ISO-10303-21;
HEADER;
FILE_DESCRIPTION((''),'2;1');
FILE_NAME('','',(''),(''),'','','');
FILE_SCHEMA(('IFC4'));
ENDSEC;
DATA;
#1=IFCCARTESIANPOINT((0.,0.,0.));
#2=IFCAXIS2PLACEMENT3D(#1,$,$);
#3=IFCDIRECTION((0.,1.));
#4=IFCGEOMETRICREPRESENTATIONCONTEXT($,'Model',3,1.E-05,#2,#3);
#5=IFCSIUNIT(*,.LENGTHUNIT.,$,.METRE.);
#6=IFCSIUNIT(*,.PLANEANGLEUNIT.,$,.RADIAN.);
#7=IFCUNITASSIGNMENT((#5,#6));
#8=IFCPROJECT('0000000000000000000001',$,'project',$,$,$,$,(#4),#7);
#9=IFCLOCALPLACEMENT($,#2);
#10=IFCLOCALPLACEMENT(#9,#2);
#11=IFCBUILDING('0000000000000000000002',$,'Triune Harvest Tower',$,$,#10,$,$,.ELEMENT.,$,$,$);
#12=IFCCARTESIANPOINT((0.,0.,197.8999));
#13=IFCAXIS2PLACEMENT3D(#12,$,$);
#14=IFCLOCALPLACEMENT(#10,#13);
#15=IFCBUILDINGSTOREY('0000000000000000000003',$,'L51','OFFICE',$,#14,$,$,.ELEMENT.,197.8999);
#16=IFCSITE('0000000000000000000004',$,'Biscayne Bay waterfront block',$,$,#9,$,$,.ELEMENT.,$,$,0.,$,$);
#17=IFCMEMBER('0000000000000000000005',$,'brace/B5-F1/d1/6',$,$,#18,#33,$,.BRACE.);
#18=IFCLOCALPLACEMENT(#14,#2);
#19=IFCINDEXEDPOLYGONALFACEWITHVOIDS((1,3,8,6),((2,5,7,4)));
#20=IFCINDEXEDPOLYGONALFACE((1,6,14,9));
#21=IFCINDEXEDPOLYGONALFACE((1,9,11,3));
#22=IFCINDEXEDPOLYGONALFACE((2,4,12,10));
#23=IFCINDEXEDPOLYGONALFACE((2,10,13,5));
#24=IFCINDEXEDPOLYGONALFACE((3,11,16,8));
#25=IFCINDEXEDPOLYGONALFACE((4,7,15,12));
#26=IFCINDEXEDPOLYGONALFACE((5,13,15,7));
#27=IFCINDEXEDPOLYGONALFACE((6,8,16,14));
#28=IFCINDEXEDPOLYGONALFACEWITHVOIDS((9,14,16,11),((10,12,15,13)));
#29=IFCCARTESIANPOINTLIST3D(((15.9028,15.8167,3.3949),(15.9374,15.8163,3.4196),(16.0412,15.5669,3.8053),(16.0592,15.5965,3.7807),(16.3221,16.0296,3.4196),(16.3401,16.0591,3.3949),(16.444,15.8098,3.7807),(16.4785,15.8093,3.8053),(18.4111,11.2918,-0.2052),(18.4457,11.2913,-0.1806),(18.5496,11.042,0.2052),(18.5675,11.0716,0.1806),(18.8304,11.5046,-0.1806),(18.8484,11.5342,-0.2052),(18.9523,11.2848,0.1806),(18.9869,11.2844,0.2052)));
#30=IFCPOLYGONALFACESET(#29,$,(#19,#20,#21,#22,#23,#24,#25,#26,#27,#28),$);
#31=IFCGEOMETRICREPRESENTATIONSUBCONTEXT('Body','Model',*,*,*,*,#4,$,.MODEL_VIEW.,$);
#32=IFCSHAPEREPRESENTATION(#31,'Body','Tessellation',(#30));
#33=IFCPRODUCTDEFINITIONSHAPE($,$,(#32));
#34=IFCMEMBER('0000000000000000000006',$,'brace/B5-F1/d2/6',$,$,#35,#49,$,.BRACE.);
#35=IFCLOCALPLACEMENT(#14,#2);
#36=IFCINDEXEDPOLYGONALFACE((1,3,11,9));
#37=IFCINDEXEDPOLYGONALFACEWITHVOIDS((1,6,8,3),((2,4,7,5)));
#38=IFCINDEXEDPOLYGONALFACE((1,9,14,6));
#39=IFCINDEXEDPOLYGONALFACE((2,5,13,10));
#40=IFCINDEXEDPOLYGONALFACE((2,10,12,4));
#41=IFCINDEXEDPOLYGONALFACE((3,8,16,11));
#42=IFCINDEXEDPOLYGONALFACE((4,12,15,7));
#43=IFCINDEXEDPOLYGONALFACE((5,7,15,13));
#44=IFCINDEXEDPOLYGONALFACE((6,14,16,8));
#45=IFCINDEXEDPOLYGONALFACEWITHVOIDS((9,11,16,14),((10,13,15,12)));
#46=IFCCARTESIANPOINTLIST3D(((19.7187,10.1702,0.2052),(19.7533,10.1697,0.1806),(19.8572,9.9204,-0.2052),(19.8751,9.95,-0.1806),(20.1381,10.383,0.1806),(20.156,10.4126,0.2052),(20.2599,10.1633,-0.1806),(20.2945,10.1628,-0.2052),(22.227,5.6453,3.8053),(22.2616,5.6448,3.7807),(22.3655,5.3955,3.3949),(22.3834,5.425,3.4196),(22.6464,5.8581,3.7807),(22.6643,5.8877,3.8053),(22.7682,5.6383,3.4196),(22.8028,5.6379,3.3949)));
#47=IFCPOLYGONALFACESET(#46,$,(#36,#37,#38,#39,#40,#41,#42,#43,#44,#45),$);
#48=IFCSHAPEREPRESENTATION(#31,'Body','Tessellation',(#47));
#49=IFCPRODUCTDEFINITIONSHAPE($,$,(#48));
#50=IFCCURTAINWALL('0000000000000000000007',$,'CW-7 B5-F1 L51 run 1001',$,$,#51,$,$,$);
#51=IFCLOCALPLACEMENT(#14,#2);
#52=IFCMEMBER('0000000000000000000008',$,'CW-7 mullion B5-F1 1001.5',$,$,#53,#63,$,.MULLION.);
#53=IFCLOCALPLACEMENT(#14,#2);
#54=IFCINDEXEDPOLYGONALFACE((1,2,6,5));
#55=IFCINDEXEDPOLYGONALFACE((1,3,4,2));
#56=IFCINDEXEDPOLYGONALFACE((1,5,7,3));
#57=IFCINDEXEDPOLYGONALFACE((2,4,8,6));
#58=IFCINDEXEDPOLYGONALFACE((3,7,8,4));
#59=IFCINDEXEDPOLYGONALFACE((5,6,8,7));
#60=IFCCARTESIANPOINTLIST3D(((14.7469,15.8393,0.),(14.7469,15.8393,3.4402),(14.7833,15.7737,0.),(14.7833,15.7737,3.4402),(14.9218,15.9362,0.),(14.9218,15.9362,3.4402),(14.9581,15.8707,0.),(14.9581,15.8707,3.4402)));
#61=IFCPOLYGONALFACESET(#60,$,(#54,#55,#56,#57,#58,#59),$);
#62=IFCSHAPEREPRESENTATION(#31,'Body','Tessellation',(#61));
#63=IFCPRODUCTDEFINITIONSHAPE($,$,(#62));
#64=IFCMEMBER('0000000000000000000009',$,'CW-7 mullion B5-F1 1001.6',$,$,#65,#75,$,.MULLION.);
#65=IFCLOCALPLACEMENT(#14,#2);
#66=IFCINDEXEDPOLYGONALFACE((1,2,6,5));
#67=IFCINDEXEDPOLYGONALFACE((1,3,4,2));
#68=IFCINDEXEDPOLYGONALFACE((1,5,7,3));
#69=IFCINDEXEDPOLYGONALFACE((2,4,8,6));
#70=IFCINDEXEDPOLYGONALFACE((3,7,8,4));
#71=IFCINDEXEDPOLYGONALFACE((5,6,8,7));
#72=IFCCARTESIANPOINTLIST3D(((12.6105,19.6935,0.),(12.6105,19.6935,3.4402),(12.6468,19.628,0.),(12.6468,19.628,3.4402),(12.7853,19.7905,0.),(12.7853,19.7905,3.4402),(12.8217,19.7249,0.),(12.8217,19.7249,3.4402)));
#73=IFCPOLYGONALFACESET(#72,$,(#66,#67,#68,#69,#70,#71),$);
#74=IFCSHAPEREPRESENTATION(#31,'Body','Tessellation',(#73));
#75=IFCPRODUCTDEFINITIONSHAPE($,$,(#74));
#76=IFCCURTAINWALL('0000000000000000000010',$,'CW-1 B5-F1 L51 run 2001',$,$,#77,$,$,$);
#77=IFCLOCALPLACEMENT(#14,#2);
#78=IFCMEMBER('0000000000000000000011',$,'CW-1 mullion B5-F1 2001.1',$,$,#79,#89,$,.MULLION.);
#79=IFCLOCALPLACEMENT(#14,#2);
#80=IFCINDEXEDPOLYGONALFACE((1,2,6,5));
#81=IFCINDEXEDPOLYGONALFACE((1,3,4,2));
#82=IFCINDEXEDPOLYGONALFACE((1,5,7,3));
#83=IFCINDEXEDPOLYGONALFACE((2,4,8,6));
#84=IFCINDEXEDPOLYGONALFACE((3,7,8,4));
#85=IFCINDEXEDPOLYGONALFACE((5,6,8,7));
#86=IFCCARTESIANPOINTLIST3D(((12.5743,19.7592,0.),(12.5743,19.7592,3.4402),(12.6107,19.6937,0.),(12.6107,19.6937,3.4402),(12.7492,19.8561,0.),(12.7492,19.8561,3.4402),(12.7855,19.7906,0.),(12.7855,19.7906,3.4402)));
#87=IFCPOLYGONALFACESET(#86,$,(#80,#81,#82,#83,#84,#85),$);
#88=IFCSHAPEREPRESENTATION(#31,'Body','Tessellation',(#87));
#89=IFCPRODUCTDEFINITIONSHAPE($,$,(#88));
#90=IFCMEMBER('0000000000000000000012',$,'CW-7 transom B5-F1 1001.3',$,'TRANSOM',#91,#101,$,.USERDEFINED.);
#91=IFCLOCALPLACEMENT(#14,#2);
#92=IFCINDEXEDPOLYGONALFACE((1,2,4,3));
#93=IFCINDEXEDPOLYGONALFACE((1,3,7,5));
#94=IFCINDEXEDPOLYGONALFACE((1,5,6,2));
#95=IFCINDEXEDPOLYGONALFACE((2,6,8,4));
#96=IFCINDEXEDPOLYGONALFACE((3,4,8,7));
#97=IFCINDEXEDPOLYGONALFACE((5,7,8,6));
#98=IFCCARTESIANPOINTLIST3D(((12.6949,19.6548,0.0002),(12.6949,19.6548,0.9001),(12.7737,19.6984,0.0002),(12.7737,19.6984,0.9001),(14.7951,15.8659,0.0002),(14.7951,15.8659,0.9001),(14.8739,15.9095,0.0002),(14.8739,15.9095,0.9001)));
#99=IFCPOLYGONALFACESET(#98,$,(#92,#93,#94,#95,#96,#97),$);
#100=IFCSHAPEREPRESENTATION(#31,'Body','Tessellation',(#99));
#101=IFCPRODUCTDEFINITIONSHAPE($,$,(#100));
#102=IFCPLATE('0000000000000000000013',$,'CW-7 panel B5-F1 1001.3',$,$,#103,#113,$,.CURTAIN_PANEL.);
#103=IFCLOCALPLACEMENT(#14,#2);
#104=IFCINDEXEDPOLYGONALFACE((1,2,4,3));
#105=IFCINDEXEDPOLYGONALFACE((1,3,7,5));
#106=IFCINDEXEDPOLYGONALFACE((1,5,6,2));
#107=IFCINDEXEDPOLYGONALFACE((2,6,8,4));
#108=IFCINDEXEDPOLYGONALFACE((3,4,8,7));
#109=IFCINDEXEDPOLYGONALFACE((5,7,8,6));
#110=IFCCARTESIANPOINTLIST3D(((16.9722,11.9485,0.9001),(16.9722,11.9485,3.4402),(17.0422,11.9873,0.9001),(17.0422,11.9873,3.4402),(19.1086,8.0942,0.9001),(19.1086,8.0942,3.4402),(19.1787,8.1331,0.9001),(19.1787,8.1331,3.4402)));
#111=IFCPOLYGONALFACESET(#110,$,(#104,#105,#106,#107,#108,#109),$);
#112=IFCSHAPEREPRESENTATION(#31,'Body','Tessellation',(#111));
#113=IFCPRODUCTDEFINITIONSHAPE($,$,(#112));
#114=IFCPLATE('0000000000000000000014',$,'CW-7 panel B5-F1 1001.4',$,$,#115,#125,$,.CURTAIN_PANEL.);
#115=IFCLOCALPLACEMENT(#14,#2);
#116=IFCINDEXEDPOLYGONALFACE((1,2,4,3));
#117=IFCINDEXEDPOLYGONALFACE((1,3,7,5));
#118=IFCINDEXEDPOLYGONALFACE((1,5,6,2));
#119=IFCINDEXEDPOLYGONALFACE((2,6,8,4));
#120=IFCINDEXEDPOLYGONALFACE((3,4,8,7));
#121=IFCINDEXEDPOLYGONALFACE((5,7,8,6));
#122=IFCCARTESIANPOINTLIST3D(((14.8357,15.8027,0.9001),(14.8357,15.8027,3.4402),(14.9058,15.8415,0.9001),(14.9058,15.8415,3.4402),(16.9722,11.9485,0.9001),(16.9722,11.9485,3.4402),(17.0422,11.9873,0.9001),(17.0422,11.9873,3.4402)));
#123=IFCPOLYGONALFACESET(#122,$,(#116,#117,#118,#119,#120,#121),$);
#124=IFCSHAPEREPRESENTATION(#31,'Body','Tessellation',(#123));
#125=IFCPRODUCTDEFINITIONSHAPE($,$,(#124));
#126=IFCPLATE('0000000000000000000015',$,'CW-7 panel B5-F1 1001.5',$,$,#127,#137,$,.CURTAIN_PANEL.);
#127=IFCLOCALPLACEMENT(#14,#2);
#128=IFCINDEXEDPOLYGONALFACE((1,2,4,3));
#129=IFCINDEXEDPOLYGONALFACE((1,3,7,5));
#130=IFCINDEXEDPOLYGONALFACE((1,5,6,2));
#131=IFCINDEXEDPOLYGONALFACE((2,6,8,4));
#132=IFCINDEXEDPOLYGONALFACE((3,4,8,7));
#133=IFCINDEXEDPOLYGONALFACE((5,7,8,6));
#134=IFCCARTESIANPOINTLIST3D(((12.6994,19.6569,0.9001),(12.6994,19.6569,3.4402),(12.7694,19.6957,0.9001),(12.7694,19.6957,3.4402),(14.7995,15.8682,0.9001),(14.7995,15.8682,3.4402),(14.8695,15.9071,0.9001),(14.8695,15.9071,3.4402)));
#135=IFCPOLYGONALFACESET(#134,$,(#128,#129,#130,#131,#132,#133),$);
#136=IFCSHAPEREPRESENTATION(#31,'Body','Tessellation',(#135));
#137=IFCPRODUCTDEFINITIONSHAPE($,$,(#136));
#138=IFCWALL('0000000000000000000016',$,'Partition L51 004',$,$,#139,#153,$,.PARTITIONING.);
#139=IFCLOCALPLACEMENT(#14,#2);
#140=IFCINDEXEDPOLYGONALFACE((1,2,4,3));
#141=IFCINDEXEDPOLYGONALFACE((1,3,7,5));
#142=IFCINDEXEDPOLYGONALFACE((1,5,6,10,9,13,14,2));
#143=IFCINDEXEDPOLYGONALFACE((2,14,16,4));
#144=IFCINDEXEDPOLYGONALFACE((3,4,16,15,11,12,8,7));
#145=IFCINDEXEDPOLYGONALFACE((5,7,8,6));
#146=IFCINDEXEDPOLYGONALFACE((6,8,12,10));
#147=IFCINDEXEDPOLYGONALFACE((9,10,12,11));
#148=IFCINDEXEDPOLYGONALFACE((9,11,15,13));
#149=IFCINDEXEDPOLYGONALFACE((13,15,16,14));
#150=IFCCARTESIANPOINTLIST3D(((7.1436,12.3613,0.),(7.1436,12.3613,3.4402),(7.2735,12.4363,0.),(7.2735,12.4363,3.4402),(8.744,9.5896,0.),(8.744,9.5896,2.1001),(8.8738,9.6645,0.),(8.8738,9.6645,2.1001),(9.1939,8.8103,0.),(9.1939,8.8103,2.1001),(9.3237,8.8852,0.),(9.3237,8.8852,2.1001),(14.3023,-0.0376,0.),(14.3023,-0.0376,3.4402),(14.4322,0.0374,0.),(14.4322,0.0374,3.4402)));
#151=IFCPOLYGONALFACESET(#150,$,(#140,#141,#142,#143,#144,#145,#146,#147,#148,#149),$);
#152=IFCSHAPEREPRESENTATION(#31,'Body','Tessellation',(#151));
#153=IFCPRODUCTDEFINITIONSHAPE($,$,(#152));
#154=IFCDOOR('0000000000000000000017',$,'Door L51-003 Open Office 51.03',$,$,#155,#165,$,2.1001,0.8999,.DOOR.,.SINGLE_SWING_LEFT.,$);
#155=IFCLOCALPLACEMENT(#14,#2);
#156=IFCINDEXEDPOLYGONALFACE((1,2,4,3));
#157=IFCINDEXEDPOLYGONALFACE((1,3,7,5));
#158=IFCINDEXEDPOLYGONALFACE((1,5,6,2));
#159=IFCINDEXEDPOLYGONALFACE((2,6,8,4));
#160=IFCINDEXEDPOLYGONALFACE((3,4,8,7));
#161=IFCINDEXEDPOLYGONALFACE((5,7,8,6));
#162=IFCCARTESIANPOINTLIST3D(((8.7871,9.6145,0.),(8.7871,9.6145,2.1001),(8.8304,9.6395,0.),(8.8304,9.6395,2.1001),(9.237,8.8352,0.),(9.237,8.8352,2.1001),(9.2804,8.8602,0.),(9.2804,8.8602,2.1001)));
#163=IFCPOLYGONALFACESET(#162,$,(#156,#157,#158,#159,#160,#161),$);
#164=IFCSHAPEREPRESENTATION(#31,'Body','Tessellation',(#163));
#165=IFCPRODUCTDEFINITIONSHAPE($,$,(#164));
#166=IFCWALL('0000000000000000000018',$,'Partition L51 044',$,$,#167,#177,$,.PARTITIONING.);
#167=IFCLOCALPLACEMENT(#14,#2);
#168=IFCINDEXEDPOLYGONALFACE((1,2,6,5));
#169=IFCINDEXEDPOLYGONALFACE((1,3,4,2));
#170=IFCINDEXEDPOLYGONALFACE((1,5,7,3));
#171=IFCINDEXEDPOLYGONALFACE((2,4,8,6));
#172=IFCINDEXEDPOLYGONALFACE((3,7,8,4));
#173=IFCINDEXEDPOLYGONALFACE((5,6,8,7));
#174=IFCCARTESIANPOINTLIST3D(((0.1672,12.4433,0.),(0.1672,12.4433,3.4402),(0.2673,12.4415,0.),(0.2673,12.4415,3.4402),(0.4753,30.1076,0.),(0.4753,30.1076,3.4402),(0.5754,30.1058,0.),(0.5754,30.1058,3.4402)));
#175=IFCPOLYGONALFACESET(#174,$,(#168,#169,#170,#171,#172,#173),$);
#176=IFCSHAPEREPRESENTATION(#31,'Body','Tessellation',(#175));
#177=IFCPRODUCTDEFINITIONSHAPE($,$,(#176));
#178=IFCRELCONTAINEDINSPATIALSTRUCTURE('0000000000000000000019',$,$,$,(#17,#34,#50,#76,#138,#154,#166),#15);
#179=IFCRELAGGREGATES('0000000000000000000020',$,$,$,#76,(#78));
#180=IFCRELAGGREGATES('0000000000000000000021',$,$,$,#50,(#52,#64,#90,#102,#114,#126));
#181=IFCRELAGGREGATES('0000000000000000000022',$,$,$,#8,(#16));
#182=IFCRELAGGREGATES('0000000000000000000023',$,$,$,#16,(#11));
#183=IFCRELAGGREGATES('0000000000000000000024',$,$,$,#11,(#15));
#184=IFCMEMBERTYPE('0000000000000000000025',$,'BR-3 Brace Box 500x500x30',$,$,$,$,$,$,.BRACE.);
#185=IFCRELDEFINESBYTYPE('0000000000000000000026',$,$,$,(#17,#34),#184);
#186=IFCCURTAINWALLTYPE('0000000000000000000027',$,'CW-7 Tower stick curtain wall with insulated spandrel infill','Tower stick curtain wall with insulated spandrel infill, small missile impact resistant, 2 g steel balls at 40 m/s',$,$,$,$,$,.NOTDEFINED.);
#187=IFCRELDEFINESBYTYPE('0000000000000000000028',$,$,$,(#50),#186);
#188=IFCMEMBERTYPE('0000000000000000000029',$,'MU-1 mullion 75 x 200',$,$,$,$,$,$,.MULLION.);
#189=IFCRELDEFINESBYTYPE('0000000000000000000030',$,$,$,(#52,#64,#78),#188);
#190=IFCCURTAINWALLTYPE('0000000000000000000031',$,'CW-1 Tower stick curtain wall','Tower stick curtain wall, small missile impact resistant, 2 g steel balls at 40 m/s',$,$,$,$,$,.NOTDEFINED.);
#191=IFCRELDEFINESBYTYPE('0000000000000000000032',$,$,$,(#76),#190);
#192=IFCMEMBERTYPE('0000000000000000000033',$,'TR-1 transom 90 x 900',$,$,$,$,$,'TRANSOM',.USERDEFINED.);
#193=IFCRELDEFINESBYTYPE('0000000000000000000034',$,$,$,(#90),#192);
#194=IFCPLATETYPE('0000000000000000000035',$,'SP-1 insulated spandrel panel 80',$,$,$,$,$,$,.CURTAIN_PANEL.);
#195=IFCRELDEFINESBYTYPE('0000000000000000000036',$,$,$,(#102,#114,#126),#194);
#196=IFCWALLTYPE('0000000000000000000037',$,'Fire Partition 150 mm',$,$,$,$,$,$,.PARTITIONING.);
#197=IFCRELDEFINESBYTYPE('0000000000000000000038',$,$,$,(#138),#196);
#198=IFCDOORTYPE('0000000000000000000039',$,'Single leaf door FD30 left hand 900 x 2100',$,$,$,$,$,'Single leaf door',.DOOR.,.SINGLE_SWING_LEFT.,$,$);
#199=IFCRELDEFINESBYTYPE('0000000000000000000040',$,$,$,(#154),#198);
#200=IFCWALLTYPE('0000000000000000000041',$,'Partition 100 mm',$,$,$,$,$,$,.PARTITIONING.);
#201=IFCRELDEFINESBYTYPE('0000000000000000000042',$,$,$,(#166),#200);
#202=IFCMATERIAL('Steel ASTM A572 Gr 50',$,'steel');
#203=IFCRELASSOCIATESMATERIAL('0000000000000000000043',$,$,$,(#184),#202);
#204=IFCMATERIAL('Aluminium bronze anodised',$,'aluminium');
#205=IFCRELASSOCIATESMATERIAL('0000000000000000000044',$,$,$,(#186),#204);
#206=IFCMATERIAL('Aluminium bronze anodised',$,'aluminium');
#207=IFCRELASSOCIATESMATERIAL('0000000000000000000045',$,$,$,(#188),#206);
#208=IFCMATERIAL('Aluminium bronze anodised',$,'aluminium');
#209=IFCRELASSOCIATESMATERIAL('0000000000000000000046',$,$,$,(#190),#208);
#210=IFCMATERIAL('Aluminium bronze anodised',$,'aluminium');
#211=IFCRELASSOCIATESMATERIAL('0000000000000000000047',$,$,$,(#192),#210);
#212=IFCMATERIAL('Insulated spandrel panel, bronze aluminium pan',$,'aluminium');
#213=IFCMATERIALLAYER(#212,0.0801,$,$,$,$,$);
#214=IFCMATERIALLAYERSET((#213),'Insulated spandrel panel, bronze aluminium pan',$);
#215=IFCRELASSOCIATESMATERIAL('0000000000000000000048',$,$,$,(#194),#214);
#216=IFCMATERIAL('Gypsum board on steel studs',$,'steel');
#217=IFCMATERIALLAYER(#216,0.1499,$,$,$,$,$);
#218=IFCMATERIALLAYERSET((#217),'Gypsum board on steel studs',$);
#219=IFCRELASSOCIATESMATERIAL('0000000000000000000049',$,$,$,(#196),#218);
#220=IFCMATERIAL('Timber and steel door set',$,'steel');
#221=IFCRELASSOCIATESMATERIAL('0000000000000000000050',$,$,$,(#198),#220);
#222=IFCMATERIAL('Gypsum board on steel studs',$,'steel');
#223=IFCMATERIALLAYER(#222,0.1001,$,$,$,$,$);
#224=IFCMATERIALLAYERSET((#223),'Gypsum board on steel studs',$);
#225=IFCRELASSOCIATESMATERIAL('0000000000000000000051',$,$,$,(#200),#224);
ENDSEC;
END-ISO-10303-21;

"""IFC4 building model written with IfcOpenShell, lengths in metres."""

from ifc_helpers import new_model, si_unit, direction, frame, frame_2d, origin, origin_2d, place, context, subcontext, project, spatial, rectangle, hollow_rectangle, extrude, source, transform, mapped, material, layer, layer_set, material_profile, profile_set, type_object, element, fill, aggregate, save


model = new_model("IFC4")

# Units and contexts
model_context = context("Model", 3, precision=1e-05, world=origin(), true_north=direction((0.0, 1.0)))
body_context = subcontext(model_context, "Body", "Model", "MODEL_VIEW")
ifc_project = project(units=[si_unit("LENGTHUNIT", "METRE"), si_unit("PLANEANGLEUNIT", "RADIAN")], contexts=[model_context])

# Site, building, storey
site_placement = place(None, origin())
site = spatial("IfcSite", under=ifc_project, at=site_placement, Name="Biscayne Bay waterfront block", CompositionType="ELEMENT", RefElevation=0.0)
building_placement = place(site_placement, origin())
building = spatial("IfcBuilding", under=site, at=building_placement, Name="Triune Harvest Tower", CompositionType="ELEMENT")
storey_placement = place(building_placement, frame((0.0, 0.0, 197.8999)))
storey = spatial("IfcBuildingStorey", under=building, at=storey_placement, Name="L51", Description="OFFICE", CompositionType="ELEMENT", Elevation=197.8999)

# Members
ifc_material_1 = material(Name="Steel ASTM A572 Gr 50", Category="steel")
ifc_material_profile_1 = material_profile(ifc_material_1, hollow_rectangle(XDim=0.5, YDim=0.5, WallThickness=0.03, at=origin_2d()), Name="Box 500x500x30")
ifc_profile_set_1 = profile_set([ifc_material_profile_1], Name="Steel ASTM A572 Gr 50")
member_type_1 = type_object("IfcMemberType", Name="BR-3 Brace Box 500x500x30", PredefinedType="BRACE", material=ifc_profile_set_1)
shared_shape_1 = source(origin(), body_context, "Body", "SweptSolid", [
    extrude(hollow_rectangle(XDim=0.5, YDim=0.5, WallThickness=0.03, at=origin_2d()), origin(), (0.0, 0.0, 1.0), 6.303),
])
for number, where, z_axis, x_axis, name in (
    (1, (18.699, 11.2881, 0.0), (-0.397957, 0.717904, 0.571178), (-0.874611, -0.484825, 0.0), "brace/B5-F1/d1/6"),
    (2, (20.0066, 10.1665, 0.0), (0.397957, -0.717904, 0.571178), (0.874611, 0.484825, 0.0), "brace/B5-F1/d2/6"),
):
    element("IfcMember", number, at=place(storey_placement, frame(where, z_axis=z_axis, x_axis=x_axis)), inside=storey, type_object=member_type_1, Name=name, PredefinedType="BRACE", context=body_context, shape_type="MappedRepresentation", body=[
        mapped(shared_shape_1, transform((0.0, 0.0, 0.0), scale=1.0)),
    ])

# Curtain wall, members
ifc_material_2 = material(Name="Aluminium bronze anodised", Category="aluminium")
curtain_wall_type_1 = type_object("IfcCurtainWallType", Name="CW-7 Tower stick curtain wall with insulated spandrel infill", Description="Tower stick curtain wall with insulated spandrel infill, small missile impact resistant, 2 g steel balls at 40 m/s", PredefinedType="NOTDEFINED", material=ifc_material_2)
curtain_wall_1_placement = place(storey_placement, origin())
curtain_wall_1 = element("IfcCurtainWall", 3, at=curtain_wall_1_placement, inside=storey, type_object=curtain_wall_type_1, Name="CW-7 B5-F1 L51 run 1001")
ifc_material_3 = material(Name="Aluminium bronze anodised", Category="aluminium")
ifc_material_profile_2 = material_profile(ifc_material_3, rectangle(XDim=0.2, YDim=0.075, at=origin_2d()), Name="MU-1 mullion 75 x 200")
ifc_profile_set_2 = profile_set([ifc_material_profile_2], Name="Aluminium bronze anodised")
member_type_2 = type_object("IfcMemberType", Name="MU-1 mullion 75 x 200", PredefinedType="MULLION", material=ifc_profile_set_2)
shared_shape_2 = source(origin(), body_context, "Body", "SweptSolid", [
    extrude(rectangle(XDim=0.2, YDim=0.075, at=origin_2d()), origin(), (0.0, 0.0, 1.0), 3.4402),
])
member_1_placement = place(storey_placement, frame((14.8525, 15.855, 0.0), z_axis=(0.0, 0.0, 1.0), x_axis=(-0.87462, -0.484809, 0.0)))
member_1 = element("IfcMember", 4, at=member_1_placement, type_object=member_type_2, Name="CW-7 mullion B5-F1 1001.5", PredefinedType="MULLION", context=body_context, shape_type="MappedRepresentation", body=[
    mapped(shared_shape_2, transform((0.0, 0.0, 0.0), scale=1.0)),
])
member_2_placement = place(storey_placement, frame((12.7161, 19.7092, 0.0), z_axis=(0.0, 0.0, 1.0), x_axis=(-0.87462, -0.484809, 0.0)))
member_2 = element("IfcMember", 5, at=member_2_placement, type_object=member_type_2, Name="CW-7 mullion B5-F1 1001.6", PredefinedType="MULLION", context=body_context, shape_type="MappedRepresentation", body=[
    mapped(shared_shape_2, transform((0.0, 0.0, 0.0), scale=1.0)),
])

# Curtain wall, member
ifc_material_4 = material(Name="Aluminium bronze anodised", Category="aluminium")
curtain_wall_type_2 = type_object("IfcCurtainWallType", Name="CW-1 Tower stick curtain wall", Description="Tower stick curtain wall, small missile impact resistant, 2 g steel balls at 40 m/s", PredefinedType="NOTDEFINED", material=ifc_material_4)
curtain_wall_2_placement = place(storey_placement, origin())
curtain_wall_2 = element("IfcCurtainWall", 6, at=curtain_wall_2_placement, inside=storey, type_object=curtain_wall_type_2, Name="CW-1 B5-F1 L51 run 2001")
member_3_placement = place(storey_placement, frame((12.6799, 19.7749, 0.0), z_axis=(0.0, 0.0, 1.0), x_axis=(-0.874621, -0.484808, 0.0)))
member_3 = element("IfcMember", 7, at=member_3_placement, type_object=member_type_2, Name="CW-1 mullion B5-F1 2001.1", PredefinedType="MULLION", context=body_context, shape_type="MappedRepresentation", body=[
    mapped(shared_shape_2, transform((0.0, 0.0, 0.0), scale=1.0)),
])
aggregate(curtain_wall_2, [member_3])

# Member
ifc_material_5 = material(Name="Aluminium bronze anodised", Category="aluminium")
ifc_material_profile_3 = material_profile(ifc_material_5, rectangle(XDim=0.0901, YDim=0.8999, at=origin_2d()), Name="TR-1 transom 90 x 900")
ifc_profile_set_3 = profile_set([ifc_material_profile_3], Name="Aluminium bronze anodised")
member_type_3 = type_object("IfcMemberType", Name="TR-1 transom 90 x 900", ElementType="TRANSOM", PredefinedType="USERDEFINED", material=ifc_profile_set_3)
shared_shape_3 = source(origin(), body_context, "Body", "SweptSolid", [
    extrude(rectangle(XDim=0.0901, YDim=0.8999, at=origin_2d()), origin(), (0.0, 0.0, 1.0), 4.332),
])
member_4_placement = place(storey_placement, frame((14.8345, 15.8877, 0.4502), z_axis=(-0.484796, 0.874627, 0.0), x_axis=(-0.874627, -0.484796, 0.0)))
member_4 = element("IfcMember", 8, at=member_4_placement, type_object=member_type_3, Name="CW-7 transom B5-F1 1001.3", ObjectType="TRANSOM", PredefinedType="USERDEFINED", context=body_context, shape_type="MappedRepresentation", body=[
    mapped(shared_shape_3, transform((0.0, 0.0, 0.0), scale=1.0)),
])

# Plates
ifc_material_6 = material(Name="Insulated spandrel panel, bronze aluminium pan", Category="aluminium")
ifc_layer_1 = layer(ifc_material_6, 0.0801)
ifc_layer_set_1 = layer_set([ifc_layer_1], Name="Insulated spandrel panel, bronze aluminium pan")
plate_type = type_object("IfcPlateType", Name="SP-1 insulated spandrel panel 80", PredefinedType="CURTAIN_PANEL", material=ifc_layer_set_1)
shared_shape_4 = source(origin(), body_context, "Body", "SweptSolid", [
    extrude(rectangle(XDim=4.4067, YDim=0.0801, at=origin_2d()), origin(), (0.0, 0.0, 1.0), 2.54),
])
plate_1_placement = place(storey_placement, frame((18.0754, 10.0408, 0.9001), z_axis=(0.0, 0.0, 1.0), x_axis=(-0.484809, 0.87462, 0.0)))
plate_1 = element("IfcPlate", 9, at=plate_1_placement, type_object=plate_type, Name="CW-7 panel B5-F1 1001.3", PredefinedType="CURTAIN_PANEL", context=body_context, shape_type="MappedRepresentation", body=[
    mapped(shared_shape_4, transform((0.0, 0.0, 0.0), scale=1.0)),
])
plate_2_placement = place(storey_placement, frame((15.939, 13.895, 0.9001), z_axis=(0.0, 0.0, 1.0), x_axis=(-0.484809, 0.87462, 0.0)))
plate_2 = element("IfcPlate", 10, at=plate_2_placement, type_object=plate_type, Name="CW-7 panel B5-F1 1001.4", PredefinedType="CURTAIN_PANEL", context=body_context, shape_type="MappedRepresentation", body=[
    mapped(shared_shape_4, transform((0.0, 0.0, 0.0), scale=1.0)),
])
shared_shape_5 = source(origin(), body_context, "Body", "SweptSolid", [
    extrude(rectangle(XDim=4.3318, YDim=0.0801, at=origin_2d()), origin(), (0.0, 0.0, 1.0), 2.54),
])
plate_3_placement = place(storey_placement, frame((13.7844, 17.782, 0.9001), z_axis=(0.0, 0.0, 1.0), x_axis=(-0.484809, 0.87462, 0.0)))
plate_3 = element("IfcPlate", 11, at=plate_3_placement, type_object=plate_type, Name="CW-7 panel B5-F1 1001.5", PredefinedType="CURTAIN_PANEL", context=body_context, shape_type="MappedRepresentation", body=[
    mapped(shared_shape_5, transform((0.0, 0.0, 0.0), scale=1.0)),
])
aggregate(curtain_wall_1, [member_1, member_2, member_4, plate_1, plate_2, plate_3])

# Wall, opening, door
ifc_material_7 = material(Name="Gypsum board on steel studs", Category="steel")
ifc_layer_2 = layer(ifc_material_7, 0.1499)
ifc_layer_set_2 = layer_set([ifc_layer_2], Name="Gypsum board on steel studs")
wall_type_1 = type_object("IfcWallType", Name="Fire Partition 150 mm", PredefinedType="PARTITIONING", material=ifc_layer_set_2)
wall_1_placement = place(storey_placement, frame((7.2085, 12.3989, 0.0), z_axis=(0.0, 0.0, 1.0), x_axis=(0.500009, -0.86602, 0.0)))
wall_1 = element("IfcWall", 12, at=wall_1_placement, inside=storey, type_object=wall_type_1, Name="Partition L51 004", PredefinedType="PARTITIONING", context=body_context, shape_type="SweptSolid", body=[
    extrude(rectangle(XDim=14.3171, YDim=0.1499, at=frame_2d((7.1587, 0.0))), origin(), (0.0, 0.0, 1.0), 3.4402),
])
opening_1_placement = place(wall_1_placement, frame((3.2007, 0.0, 0.0)))
opening_1 = element("IfcOpeningElement", 13, at=opening_1_placement, cuts=wall_1, PredefinedType="OPENING", context=body_context, shape_type="SweptSolid", body=[
    extrude(rectangle(XDim=0.8999, YDim=2.1001, at=frame_2d((0.45, 1.05))), frame((0.0, 0.085, 0.0), z_axis=(0.0, -1.0, 0.0), x_axis=(1.0, 0.0, 0.0)), (0.0, 0.0, 1.0), 0.1699),
])
ifc_material_8 = material(Name="Timber and steel door set", Category="steel")
door_type_1 = type_object("IfcDoorType", Name="Single leaf door FD30 left hand 900 x 2100", ElementType="Single leaf door", OperationType="SINGLE_SWING_LEFT", PredefinedType="DOOR", material=ifc_material_8)
door_1_placement = place(opening_1_placement, origin())
door_1 = element("IfcDoor", 14, at=door_1_placement, inside=storey, type_object=door_type_1, Name="Door L51-003 Open Office 51.03", OperationType="SINGLE_SWING_LEFT", OverallHeight=2.1001, OverallWidth=0.8999, PredefinedType="DOOR", context=body_context, shape_type="SweptSolid", body=[
    extrude(rectangle(XDim=0.8999, YDim=2.1001, at=frame_2d((0.45, 1.05))), frame((0.0, 0.0249, 0.0), z_axis=(0.0, -1.0, 0.0), x_axis=(1.0, 0.0, 0.0)), (0.0, 0.0, 1.0), 0.05),
])
fill(opening_1, door_1)

# Wall
ifc_material_9 = material(Name="Gypsum board on steel studs", Category="steel")
ifc_layer_3 = layer(ifc_material_9, 0.1001)
ifc_layer_set_3 = layer_set([ifc_layer_3], Name="Gypsum board on steel studs")
wall_type_2 = type_object("IfcWallType", Name="Partition 100 mm", PredefinedType="PARTITIONING", material=ifc_layer_set_3)
wall_2_placement = place(storey_placement, frame((0.2173, 12.4424, 0.0), z_axis=(0.0, 0.0, 1.0), x_axis=(0.01744, 0.999848, 0.0)))
element("IfcWall", 15, at=wall_2_placement, inside=storey, type_object=wall_type_2, Name="Partition L51 044", PredefinedType="PARTITIONING", context=body_context, shape_type="SweptSolid", body=[
    extrude(rectangle(XDim=17.667, YDim=0.1001, at=frame_2d((8.8335, 0.0))), origin(), (0.0, 0.0, 1.0), 3.4402),
])

save(model, "model.ifc")
